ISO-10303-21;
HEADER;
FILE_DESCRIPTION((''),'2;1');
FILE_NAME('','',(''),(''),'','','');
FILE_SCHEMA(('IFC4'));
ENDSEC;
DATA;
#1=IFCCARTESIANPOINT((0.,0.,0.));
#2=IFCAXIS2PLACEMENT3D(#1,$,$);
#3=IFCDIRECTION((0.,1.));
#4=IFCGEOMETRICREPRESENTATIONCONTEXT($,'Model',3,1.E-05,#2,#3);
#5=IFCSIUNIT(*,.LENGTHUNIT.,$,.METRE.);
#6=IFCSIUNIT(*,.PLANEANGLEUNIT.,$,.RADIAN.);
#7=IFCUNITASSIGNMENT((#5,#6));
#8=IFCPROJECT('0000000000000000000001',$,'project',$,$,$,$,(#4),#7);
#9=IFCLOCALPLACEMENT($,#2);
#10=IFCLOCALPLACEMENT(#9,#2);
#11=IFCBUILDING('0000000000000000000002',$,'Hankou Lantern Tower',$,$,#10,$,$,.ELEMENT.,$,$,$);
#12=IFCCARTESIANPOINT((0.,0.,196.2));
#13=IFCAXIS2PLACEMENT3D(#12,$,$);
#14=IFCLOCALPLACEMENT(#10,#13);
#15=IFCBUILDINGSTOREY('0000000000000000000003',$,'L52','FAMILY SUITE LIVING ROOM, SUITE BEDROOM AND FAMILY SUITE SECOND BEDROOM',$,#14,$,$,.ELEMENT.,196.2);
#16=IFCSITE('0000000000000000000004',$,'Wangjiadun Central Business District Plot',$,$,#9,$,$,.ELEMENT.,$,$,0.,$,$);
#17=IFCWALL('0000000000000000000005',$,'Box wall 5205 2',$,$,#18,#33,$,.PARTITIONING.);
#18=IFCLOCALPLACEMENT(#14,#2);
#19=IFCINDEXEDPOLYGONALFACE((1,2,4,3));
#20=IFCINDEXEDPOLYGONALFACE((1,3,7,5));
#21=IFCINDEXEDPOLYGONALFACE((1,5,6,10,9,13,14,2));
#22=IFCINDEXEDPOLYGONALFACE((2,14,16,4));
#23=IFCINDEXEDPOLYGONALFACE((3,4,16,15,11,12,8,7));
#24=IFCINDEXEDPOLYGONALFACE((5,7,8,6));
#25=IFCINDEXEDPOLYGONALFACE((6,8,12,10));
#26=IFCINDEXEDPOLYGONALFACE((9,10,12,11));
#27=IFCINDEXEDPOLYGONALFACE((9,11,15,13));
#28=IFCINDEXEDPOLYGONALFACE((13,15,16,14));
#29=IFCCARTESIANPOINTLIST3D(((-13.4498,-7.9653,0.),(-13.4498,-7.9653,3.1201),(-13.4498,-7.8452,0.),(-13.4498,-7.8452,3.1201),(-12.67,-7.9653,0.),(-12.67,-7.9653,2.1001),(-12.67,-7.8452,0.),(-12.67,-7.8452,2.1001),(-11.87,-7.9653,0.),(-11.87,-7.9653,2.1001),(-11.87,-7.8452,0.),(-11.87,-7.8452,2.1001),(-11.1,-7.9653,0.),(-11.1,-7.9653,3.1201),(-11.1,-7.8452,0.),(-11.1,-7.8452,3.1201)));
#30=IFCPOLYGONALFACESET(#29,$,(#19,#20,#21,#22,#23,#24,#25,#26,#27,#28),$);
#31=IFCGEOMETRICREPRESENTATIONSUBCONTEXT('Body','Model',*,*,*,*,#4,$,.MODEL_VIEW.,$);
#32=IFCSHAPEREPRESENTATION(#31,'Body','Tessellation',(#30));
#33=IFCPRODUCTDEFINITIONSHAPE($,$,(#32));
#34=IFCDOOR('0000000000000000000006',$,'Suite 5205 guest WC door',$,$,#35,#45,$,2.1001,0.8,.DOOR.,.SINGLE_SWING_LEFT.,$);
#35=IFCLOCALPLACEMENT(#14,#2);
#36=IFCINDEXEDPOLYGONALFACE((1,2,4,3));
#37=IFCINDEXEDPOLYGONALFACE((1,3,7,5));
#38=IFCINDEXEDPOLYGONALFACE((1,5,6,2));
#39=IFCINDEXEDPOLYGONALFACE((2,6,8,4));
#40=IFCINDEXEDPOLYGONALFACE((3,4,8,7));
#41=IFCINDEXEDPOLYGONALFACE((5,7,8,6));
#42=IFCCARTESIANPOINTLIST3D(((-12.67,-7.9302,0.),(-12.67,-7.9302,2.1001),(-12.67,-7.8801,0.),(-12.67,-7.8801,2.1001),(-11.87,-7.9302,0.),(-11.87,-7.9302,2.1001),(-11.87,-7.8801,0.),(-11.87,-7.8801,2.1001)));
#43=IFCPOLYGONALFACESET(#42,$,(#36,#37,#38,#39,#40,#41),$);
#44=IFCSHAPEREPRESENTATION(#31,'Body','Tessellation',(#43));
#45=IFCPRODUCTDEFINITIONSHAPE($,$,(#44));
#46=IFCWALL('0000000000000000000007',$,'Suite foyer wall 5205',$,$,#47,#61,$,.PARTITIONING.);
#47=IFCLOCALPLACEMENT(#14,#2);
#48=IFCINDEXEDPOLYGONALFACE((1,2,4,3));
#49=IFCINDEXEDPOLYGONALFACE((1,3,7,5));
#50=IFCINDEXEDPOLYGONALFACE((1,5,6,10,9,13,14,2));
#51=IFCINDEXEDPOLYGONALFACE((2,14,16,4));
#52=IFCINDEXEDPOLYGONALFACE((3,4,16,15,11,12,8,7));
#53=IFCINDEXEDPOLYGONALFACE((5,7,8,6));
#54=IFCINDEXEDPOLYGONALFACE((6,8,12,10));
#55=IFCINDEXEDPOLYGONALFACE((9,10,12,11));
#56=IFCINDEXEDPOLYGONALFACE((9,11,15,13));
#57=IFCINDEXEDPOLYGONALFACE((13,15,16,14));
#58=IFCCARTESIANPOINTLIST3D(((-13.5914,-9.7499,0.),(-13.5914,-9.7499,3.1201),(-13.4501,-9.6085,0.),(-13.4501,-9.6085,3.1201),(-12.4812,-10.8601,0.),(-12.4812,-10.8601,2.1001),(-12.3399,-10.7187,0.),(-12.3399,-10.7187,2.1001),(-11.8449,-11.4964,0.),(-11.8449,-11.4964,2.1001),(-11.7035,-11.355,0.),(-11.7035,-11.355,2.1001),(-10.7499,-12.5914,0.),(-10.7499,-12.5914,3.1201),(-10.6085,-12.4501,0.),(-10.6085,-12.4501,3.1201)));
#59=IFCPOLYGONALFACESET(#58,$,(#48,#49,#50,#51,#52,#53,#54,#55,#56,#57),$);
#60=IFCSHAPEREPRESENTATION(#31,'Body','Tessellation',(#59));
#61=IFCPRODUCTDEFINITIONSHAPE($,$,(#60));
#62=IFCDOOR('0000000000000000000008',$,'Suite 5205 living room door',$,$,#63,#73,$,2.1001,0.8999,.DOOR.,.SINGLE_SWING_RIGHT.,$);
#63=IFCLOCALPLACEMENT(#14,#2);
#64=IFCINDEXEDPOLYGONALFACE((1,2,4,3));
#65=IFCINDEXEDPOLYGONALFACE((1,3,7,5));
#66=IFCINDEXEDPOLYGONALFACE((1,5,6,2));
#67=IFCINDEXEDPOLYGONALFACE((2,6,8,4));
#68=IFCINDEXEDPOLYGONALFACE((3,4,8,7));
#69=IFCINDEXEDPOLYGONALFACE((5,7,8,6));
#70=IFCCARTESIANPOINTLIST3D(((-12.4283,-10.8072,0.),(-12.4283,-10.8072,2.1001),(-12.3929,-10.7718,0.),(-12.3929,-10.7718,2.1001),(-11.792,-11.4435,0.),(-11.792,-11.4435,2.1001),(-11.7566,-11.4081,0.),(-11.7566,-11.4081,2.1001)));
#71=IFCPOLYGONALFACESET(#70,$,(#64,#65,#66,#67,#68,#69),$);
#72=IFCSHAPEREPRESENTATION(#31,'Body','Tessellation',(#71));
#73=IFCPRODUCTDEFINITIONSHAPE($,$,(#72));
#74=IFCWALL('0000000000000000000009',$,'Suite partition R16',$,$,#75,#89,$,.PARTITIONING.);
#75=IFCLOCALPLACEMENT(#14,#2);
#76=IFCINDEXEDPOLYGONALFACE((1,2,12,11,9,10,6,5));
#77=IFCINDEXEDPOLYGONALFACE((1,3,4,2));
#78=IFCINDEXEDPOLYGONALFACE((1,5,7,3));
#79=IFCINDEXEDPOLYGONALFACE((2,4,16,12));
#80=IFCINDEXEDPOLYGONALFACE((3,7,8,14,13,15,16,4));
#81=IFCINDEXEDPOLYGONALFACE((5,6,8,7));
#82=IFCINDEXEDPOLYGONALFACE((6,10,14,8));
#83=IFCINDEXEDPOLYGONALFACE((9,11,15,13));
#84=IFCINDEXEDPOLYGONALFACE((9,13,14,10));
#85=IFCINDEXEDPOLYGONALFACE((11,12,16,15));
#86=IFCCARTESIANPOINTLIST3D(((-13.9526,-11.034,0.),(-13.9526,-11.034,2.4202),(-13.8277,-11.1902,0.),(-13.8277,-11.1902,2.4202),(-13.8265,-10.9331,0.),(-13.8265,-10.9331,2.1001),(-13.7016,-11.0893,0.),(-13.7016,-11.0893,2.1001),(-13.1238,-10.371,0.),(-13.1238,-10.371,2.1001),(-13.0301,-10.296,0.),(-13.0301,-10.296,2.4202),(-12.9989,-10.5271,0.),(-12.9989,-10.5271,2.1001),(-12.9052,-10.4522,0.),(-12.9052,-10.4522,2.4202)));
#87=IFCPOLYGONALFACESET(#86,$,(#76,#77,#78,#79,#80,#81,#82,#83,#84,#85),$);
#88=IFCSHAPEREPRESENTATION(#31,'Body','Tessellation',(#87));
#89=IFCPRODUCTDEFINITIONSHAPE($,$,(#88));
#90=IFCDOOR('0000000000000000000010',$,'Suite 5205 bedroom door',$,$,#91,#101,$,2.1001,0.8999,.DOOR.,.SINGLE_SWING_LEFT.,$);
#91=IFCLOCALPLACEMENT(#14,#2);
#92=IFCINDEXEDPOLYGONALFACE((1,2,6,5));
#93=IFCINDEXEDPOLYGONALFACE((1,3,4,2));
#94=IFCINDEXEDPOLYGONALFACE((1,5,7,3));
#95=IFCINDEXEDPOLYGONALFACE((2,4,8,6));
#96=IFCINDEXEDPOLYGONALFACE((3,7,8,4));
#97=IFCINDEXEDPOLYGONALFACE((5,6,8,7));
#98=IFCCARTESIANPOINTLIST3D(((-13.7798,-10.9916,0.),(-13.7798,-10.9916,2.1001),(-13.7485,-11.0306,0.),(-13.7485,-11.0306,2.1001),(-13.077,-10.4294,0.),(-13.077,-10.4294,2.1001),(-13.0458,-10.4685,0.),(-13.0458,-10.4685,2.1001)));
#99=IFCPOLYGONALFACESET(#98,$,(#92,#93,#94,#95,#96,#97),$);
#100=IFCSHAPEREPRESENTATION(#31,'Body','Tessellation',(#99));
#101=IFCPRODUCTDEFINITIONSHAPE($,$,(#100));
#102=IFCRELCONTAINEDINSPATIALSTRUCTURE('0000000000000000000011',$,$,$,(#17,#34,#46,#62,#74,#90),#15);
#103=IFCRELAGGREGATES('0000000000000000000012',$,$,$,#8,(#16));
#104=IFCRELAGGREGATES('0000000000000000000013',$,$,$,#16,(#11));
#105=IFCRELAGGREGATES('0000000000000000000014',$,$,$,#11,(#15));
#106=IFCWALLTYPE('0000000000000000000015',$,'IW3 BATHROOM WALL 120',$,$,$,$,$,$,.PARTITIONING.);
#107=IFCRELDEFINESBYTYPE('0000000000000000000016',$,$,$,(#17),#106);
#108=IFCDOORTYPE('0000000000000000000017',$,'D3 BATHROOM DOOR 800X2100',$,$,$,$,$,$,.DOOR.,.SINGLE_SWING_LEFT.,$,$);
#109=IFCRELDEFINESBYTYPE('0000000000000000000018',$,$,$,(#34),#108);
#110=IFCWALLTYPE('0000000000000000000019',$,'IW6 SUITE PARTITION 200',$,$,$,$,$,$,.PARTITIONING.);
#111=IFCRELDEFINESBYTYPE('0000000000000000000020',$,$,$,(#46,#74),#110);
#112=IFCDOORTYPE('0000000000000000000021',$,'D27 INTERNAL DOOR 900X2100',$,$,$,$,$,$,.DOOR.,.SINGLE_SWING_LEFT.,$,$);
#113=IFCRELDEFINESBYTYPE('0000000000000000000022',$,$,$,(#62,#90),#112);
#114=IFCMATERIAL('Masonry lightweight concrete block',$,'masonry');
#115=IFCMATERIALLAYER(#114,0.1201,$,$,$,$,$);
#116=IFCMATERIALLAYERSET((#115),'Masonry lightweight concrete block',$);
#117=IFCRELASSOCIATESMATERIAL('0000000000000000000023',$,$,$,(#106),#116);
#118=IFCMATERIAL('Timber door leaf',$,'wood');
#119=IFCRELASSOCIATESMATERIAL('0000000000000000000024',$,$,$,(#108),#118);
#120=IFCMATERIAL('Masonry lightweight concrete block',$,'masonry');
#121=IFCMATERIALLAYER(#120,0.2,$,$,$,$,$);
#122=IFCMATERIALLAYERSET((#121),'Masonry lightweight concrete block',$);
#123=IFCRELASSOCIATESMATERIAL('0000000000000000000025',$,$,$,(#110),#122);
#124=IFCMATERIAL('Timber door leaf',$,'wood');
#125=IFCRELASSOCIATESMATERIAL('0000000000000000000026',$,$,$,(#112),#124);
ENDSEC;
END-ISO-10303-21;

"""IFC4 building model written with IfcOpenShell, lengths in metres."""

from ifc_helpers import new_model, si_unit, direction, frame, frame_2d, origin, place, context, subcontext, project, spatial, rectangle, extrude, material, layer, layer_set, type_object, element, fill, save


model = new_model("IFC4")

# Units and contexts
model_context = context("Model", 3, precision=1e-05, world=origin(), true_north=direction((0.0, 1.0)))
body_context = subcontext(model_context, "Body", "Model", "MODEL_VIEW")
ifc_project = project(units=[si_unit("LENGTHUNIT", "METRE"), si_unit("PLANEANGLEUNIT", "RADIAN")], contexts=[model_context])

# Site, building, storey
site_placement = place(None, origin())
site = spatial("IfcSite", under=ifc_project, at=site_placement, Name="Wangjiadun Central Business District Plot", CompositionType="ELEMENT", RefElevation=0.0)
building_placement = place(site_placement, origin())
building = spatial("IfcBuilding", under=site, at=building_placement, Name="Hankou Lantern Tower", CompositionType="ELEMENT")
storey_placement = place(building_placement, frame((0.0, 0.0, 196.2)))
storey = spatial("IfcBuildingStorey", under=building, at=storey_placement, Name="L52", Description="FAMILY SUITE LIVING ROOM, SUITE BEDROOM AND FAMILY SUITE SECOND BEDROOM", CompositionType="ELEMENT", Elevation=196.2)

# Walls, openings, doors
ifc_material_1 = material(Name="Masonry lightweight concrete block", Category="masonry")
ifc_layer_1 = layer(ifc_material_1, 0.1201)
ifc_layer_set_1 = layer_set([ifc_layer_1], Name="Masonry lightweight concrete block")
wall_type_1 = type_object("IfcWallType", Name="IW3 BATHROOM WALL 120", PredefinedType="PARTITIONING", material=ifc_layer_set_1)
wall_1_placement = place(storey_placement, frame((-11.1001, -7.9053, 0.0), z_axis=(0.0, 0.0, 1.0), x_axis=(-1.0, 0.0, 0.0)))
wall_1 = element("IfcWall", 1, at=wall_1_placement, inside=storey, type_object=wall_type_1, Name="Box wall 5205 2", PredefinedType="PARTITIONING", context=body_context, shape_type="SweptSolid", body=[
    extrude(rectangle(XDim=2.3499, YDim=0.1201, at=frame_2d((1.1748, 0.0))), origin(), (0.0, 0.0, 1.0), 3.1201),
])
opening_1_placement = place(wall_1_placement, frame((0.77, 0.0, 0.0)))
opening_1 = element("IfcOpeningElement", 2, at=opening_1_placement, cuts=wall_1, PredefinedType="OPENING", context=body_context, shape_type="SweptSolid", body=[
    extrude(rectangle(XDim=0.8, YDim=2.1001, at=frame_2d((0.3999, 1.05))), frame((0.0, 0.0701, 0.0), z_axis=(0.0, -1.0, 0.0), x_axis=(1.0, 0.0, 0.0)), (0.0, 0.0, 1.0), 0.1401),
])
ifc_material_2 = material(Name="Timber door leaf", Category="wood")
door_type_1 = type_object("IfcDoorType", Name="D3 BATHROOM DOOR 800X2100", OperationType="SINGLE_SWING_LEFT", PredefinedType="DOOR", material=ifc_material_2)
door_1_placement = place(opening_1_placement, origin())
door_1 = element("IfcDoor", 3, at=door_1_placement, inside=storey, type_object=door_type_1, Name="Suite 5205 guest WC door", OperationType="SINGLE_SWING_LEFT", OverallHeight=2.1001, OverallWidth=0.8, PredefinedType="DOOR", context=body_context, shape_type="SweptSolid", body=[
    extrude(rectangle(XDim=0.8, YDim=2.1001, at=frame_2d((0.3999, 1.05))), frame((0.0, 0.0249, 0.0), z_axis=(0.0, -1.0, 0.0), x_axis=(1.0, 0.0, 0.0)), (0.0, 0.0, 1.0), 0.05),
])
fill(opening_1, door_1)
ifc_material_3 = material(Name="Masonry lightweight concrete block", Category="masonry")
ifc_layer_2 = layer(ifc_material_3, 0.2)
ifc_layer_set_2 = layer_set([ifc_layer_2], Name="Masonry lightweight concrete block")
wall_type_2 = type_object("IfcWallType", Name="IW6 SUITE PARTITION 200", PredefinedType="PARTITIONING", material=ifc_layer_set_2)
wall_2_placement = place(storey_placement, frame((-13.5208, -9.6792, 0.0), z_axis=(0.0, 0.0, 1.0), x_axis=(0.707107, -0.707107, 0.0)))
wall_2 = element("IfcWall", 4, at=wall_2_placement, inside=storey, type_object=wall_type_2, Name="Suite foyer wall 5205", PredefinedType="PARTITIONING", context=body_context, shape_type="SweptSolid", body=[
    extrude(rectangle(XDim=4.0186, YDim=0.2, at=frame_2d((2.0093, 0.0))), origin(), (0.0, 0.0, 1.0), 3.1201),
])
opening_2_placement = place(wall_2_placement, frame((1.5701, 0.0, 0.0)))
opening_2 = element("IfcOpeningElement", 5, at=opening_2_placement, cuts=wall_2, PredefinedType="OPENING", context=body_context, shape_type="SweptSolid", body=[
    extrude(rectangle(XDim=0.8999, YDim=2.1001, at=frame_2d((0.45, 1.05))), frame((0.0, 0.1099, 0.0), z_axis=(0.0, -1.0, 0.0), x_axis=(1.0, 0.0, 0.0)), (0.0, 0.0, 1.0), 0.22),
])
ifc_material_4 = material(Name="Timber door leaf", Category="wood")
door_type_2 = type_object("IfcDoorType", Name="D27 INTERNAL DOOR 900X2100", OperationType="SINGLE_SWING_LEFT", PredefinedType="DOOR", material=ifc_material_4)
door_2_placement = place(opening_2_placement, origin())
door_2 = element("IfcDoor", 6, at=door_2_placement, inside=storey, type_object=door_type_2, Name="Suite 5205 living room door", OperationType="SINGLE_SWING_RIGHT", OverallHeight=2.1001, OverallWidth=0.8999, PredefinedType="DOOR", context=body_context, shape_type="SweptSolid", body=[
    extrude(rectangle(XDim=0.8999, YDim=2.1001, at=frame_2d((0.45, 1.05))), frame((0.0, 0.0249, 0.0), z_axis=(0.0, -1.0, 0.0), x_axis=(1.0, 0.0, 0.0)), (0.0, 0.0, 1.0), 0.05),
])
fill(opening_2, door_2)
wall_3_placement = place(storey_placement, frame((-12.9675, -10.374, 0.0), z_axis=(0.0, 0.0, 1.0), x_axis=(-0.780889, -0.62467, 0.0)))
wall_3 = element("IfcWall", 7, at=wall_3_placement, inside=storey, type_object=wall_type_2, Name="Suite partition R16", PredefinedType="PARTITIONING", context=body_context, shape_type="SweptSolid", body=[
    extrude(rectangle(XDim=1.1814, YDim=0.2, at=frame_2d((0.5908, 0.0))), origin(), (0.0, 0.0, 1.0), 2.4202),
])
opening_3_placement = place(wall_3_placement, frame((0.1201, 0.0, 0.0)))
opening_3 = element("IfcOpeningElement", 8, at=opening_3_placement, cuts=wall_3, PredefinedType="OPENING", context=body_context, shape_type="SweptSolid", body=[
    extrude(rectangle(XDim=0.8999, YDim=2.1001, at=frame_2d((0.45, 1.05))), frame((0.0, 0.1099, 0.0), z_axis=(0.0, -1.0, 0.0), x_axis=(1.0, 0.0, 0.0)), (0.0, 0.0, 1.0), 0.22),
])
door_3_placement = place(opening_3_placement, origin())
door_3 = element("IfcDoor", 9, at=door_3_placement, inside=storey, type_object=door_type_2, Name="Suite 5205 bedroom door", OperationType="SINGLE_SWING_LEFT", OverallHeight=2.1001, OverallWidth=0.8999, PredefinedType="DOOR", context=body_context, shape_type="SweptSolid", body=[
    extrude(rectangle(XDim=0.8999, YDim=2.1001, at=frame_2d((0.45, 1.05))), frame((0.0, 0.0249, 0.0), z_axis=(0.0, -1.0, 0.0), x_axis=(1.0, 0.0, 0.0)), (0.0, 0.0, 1.0), 0.05),
])
fill(opening_3, door_3)

save(model, "model.ifc")
